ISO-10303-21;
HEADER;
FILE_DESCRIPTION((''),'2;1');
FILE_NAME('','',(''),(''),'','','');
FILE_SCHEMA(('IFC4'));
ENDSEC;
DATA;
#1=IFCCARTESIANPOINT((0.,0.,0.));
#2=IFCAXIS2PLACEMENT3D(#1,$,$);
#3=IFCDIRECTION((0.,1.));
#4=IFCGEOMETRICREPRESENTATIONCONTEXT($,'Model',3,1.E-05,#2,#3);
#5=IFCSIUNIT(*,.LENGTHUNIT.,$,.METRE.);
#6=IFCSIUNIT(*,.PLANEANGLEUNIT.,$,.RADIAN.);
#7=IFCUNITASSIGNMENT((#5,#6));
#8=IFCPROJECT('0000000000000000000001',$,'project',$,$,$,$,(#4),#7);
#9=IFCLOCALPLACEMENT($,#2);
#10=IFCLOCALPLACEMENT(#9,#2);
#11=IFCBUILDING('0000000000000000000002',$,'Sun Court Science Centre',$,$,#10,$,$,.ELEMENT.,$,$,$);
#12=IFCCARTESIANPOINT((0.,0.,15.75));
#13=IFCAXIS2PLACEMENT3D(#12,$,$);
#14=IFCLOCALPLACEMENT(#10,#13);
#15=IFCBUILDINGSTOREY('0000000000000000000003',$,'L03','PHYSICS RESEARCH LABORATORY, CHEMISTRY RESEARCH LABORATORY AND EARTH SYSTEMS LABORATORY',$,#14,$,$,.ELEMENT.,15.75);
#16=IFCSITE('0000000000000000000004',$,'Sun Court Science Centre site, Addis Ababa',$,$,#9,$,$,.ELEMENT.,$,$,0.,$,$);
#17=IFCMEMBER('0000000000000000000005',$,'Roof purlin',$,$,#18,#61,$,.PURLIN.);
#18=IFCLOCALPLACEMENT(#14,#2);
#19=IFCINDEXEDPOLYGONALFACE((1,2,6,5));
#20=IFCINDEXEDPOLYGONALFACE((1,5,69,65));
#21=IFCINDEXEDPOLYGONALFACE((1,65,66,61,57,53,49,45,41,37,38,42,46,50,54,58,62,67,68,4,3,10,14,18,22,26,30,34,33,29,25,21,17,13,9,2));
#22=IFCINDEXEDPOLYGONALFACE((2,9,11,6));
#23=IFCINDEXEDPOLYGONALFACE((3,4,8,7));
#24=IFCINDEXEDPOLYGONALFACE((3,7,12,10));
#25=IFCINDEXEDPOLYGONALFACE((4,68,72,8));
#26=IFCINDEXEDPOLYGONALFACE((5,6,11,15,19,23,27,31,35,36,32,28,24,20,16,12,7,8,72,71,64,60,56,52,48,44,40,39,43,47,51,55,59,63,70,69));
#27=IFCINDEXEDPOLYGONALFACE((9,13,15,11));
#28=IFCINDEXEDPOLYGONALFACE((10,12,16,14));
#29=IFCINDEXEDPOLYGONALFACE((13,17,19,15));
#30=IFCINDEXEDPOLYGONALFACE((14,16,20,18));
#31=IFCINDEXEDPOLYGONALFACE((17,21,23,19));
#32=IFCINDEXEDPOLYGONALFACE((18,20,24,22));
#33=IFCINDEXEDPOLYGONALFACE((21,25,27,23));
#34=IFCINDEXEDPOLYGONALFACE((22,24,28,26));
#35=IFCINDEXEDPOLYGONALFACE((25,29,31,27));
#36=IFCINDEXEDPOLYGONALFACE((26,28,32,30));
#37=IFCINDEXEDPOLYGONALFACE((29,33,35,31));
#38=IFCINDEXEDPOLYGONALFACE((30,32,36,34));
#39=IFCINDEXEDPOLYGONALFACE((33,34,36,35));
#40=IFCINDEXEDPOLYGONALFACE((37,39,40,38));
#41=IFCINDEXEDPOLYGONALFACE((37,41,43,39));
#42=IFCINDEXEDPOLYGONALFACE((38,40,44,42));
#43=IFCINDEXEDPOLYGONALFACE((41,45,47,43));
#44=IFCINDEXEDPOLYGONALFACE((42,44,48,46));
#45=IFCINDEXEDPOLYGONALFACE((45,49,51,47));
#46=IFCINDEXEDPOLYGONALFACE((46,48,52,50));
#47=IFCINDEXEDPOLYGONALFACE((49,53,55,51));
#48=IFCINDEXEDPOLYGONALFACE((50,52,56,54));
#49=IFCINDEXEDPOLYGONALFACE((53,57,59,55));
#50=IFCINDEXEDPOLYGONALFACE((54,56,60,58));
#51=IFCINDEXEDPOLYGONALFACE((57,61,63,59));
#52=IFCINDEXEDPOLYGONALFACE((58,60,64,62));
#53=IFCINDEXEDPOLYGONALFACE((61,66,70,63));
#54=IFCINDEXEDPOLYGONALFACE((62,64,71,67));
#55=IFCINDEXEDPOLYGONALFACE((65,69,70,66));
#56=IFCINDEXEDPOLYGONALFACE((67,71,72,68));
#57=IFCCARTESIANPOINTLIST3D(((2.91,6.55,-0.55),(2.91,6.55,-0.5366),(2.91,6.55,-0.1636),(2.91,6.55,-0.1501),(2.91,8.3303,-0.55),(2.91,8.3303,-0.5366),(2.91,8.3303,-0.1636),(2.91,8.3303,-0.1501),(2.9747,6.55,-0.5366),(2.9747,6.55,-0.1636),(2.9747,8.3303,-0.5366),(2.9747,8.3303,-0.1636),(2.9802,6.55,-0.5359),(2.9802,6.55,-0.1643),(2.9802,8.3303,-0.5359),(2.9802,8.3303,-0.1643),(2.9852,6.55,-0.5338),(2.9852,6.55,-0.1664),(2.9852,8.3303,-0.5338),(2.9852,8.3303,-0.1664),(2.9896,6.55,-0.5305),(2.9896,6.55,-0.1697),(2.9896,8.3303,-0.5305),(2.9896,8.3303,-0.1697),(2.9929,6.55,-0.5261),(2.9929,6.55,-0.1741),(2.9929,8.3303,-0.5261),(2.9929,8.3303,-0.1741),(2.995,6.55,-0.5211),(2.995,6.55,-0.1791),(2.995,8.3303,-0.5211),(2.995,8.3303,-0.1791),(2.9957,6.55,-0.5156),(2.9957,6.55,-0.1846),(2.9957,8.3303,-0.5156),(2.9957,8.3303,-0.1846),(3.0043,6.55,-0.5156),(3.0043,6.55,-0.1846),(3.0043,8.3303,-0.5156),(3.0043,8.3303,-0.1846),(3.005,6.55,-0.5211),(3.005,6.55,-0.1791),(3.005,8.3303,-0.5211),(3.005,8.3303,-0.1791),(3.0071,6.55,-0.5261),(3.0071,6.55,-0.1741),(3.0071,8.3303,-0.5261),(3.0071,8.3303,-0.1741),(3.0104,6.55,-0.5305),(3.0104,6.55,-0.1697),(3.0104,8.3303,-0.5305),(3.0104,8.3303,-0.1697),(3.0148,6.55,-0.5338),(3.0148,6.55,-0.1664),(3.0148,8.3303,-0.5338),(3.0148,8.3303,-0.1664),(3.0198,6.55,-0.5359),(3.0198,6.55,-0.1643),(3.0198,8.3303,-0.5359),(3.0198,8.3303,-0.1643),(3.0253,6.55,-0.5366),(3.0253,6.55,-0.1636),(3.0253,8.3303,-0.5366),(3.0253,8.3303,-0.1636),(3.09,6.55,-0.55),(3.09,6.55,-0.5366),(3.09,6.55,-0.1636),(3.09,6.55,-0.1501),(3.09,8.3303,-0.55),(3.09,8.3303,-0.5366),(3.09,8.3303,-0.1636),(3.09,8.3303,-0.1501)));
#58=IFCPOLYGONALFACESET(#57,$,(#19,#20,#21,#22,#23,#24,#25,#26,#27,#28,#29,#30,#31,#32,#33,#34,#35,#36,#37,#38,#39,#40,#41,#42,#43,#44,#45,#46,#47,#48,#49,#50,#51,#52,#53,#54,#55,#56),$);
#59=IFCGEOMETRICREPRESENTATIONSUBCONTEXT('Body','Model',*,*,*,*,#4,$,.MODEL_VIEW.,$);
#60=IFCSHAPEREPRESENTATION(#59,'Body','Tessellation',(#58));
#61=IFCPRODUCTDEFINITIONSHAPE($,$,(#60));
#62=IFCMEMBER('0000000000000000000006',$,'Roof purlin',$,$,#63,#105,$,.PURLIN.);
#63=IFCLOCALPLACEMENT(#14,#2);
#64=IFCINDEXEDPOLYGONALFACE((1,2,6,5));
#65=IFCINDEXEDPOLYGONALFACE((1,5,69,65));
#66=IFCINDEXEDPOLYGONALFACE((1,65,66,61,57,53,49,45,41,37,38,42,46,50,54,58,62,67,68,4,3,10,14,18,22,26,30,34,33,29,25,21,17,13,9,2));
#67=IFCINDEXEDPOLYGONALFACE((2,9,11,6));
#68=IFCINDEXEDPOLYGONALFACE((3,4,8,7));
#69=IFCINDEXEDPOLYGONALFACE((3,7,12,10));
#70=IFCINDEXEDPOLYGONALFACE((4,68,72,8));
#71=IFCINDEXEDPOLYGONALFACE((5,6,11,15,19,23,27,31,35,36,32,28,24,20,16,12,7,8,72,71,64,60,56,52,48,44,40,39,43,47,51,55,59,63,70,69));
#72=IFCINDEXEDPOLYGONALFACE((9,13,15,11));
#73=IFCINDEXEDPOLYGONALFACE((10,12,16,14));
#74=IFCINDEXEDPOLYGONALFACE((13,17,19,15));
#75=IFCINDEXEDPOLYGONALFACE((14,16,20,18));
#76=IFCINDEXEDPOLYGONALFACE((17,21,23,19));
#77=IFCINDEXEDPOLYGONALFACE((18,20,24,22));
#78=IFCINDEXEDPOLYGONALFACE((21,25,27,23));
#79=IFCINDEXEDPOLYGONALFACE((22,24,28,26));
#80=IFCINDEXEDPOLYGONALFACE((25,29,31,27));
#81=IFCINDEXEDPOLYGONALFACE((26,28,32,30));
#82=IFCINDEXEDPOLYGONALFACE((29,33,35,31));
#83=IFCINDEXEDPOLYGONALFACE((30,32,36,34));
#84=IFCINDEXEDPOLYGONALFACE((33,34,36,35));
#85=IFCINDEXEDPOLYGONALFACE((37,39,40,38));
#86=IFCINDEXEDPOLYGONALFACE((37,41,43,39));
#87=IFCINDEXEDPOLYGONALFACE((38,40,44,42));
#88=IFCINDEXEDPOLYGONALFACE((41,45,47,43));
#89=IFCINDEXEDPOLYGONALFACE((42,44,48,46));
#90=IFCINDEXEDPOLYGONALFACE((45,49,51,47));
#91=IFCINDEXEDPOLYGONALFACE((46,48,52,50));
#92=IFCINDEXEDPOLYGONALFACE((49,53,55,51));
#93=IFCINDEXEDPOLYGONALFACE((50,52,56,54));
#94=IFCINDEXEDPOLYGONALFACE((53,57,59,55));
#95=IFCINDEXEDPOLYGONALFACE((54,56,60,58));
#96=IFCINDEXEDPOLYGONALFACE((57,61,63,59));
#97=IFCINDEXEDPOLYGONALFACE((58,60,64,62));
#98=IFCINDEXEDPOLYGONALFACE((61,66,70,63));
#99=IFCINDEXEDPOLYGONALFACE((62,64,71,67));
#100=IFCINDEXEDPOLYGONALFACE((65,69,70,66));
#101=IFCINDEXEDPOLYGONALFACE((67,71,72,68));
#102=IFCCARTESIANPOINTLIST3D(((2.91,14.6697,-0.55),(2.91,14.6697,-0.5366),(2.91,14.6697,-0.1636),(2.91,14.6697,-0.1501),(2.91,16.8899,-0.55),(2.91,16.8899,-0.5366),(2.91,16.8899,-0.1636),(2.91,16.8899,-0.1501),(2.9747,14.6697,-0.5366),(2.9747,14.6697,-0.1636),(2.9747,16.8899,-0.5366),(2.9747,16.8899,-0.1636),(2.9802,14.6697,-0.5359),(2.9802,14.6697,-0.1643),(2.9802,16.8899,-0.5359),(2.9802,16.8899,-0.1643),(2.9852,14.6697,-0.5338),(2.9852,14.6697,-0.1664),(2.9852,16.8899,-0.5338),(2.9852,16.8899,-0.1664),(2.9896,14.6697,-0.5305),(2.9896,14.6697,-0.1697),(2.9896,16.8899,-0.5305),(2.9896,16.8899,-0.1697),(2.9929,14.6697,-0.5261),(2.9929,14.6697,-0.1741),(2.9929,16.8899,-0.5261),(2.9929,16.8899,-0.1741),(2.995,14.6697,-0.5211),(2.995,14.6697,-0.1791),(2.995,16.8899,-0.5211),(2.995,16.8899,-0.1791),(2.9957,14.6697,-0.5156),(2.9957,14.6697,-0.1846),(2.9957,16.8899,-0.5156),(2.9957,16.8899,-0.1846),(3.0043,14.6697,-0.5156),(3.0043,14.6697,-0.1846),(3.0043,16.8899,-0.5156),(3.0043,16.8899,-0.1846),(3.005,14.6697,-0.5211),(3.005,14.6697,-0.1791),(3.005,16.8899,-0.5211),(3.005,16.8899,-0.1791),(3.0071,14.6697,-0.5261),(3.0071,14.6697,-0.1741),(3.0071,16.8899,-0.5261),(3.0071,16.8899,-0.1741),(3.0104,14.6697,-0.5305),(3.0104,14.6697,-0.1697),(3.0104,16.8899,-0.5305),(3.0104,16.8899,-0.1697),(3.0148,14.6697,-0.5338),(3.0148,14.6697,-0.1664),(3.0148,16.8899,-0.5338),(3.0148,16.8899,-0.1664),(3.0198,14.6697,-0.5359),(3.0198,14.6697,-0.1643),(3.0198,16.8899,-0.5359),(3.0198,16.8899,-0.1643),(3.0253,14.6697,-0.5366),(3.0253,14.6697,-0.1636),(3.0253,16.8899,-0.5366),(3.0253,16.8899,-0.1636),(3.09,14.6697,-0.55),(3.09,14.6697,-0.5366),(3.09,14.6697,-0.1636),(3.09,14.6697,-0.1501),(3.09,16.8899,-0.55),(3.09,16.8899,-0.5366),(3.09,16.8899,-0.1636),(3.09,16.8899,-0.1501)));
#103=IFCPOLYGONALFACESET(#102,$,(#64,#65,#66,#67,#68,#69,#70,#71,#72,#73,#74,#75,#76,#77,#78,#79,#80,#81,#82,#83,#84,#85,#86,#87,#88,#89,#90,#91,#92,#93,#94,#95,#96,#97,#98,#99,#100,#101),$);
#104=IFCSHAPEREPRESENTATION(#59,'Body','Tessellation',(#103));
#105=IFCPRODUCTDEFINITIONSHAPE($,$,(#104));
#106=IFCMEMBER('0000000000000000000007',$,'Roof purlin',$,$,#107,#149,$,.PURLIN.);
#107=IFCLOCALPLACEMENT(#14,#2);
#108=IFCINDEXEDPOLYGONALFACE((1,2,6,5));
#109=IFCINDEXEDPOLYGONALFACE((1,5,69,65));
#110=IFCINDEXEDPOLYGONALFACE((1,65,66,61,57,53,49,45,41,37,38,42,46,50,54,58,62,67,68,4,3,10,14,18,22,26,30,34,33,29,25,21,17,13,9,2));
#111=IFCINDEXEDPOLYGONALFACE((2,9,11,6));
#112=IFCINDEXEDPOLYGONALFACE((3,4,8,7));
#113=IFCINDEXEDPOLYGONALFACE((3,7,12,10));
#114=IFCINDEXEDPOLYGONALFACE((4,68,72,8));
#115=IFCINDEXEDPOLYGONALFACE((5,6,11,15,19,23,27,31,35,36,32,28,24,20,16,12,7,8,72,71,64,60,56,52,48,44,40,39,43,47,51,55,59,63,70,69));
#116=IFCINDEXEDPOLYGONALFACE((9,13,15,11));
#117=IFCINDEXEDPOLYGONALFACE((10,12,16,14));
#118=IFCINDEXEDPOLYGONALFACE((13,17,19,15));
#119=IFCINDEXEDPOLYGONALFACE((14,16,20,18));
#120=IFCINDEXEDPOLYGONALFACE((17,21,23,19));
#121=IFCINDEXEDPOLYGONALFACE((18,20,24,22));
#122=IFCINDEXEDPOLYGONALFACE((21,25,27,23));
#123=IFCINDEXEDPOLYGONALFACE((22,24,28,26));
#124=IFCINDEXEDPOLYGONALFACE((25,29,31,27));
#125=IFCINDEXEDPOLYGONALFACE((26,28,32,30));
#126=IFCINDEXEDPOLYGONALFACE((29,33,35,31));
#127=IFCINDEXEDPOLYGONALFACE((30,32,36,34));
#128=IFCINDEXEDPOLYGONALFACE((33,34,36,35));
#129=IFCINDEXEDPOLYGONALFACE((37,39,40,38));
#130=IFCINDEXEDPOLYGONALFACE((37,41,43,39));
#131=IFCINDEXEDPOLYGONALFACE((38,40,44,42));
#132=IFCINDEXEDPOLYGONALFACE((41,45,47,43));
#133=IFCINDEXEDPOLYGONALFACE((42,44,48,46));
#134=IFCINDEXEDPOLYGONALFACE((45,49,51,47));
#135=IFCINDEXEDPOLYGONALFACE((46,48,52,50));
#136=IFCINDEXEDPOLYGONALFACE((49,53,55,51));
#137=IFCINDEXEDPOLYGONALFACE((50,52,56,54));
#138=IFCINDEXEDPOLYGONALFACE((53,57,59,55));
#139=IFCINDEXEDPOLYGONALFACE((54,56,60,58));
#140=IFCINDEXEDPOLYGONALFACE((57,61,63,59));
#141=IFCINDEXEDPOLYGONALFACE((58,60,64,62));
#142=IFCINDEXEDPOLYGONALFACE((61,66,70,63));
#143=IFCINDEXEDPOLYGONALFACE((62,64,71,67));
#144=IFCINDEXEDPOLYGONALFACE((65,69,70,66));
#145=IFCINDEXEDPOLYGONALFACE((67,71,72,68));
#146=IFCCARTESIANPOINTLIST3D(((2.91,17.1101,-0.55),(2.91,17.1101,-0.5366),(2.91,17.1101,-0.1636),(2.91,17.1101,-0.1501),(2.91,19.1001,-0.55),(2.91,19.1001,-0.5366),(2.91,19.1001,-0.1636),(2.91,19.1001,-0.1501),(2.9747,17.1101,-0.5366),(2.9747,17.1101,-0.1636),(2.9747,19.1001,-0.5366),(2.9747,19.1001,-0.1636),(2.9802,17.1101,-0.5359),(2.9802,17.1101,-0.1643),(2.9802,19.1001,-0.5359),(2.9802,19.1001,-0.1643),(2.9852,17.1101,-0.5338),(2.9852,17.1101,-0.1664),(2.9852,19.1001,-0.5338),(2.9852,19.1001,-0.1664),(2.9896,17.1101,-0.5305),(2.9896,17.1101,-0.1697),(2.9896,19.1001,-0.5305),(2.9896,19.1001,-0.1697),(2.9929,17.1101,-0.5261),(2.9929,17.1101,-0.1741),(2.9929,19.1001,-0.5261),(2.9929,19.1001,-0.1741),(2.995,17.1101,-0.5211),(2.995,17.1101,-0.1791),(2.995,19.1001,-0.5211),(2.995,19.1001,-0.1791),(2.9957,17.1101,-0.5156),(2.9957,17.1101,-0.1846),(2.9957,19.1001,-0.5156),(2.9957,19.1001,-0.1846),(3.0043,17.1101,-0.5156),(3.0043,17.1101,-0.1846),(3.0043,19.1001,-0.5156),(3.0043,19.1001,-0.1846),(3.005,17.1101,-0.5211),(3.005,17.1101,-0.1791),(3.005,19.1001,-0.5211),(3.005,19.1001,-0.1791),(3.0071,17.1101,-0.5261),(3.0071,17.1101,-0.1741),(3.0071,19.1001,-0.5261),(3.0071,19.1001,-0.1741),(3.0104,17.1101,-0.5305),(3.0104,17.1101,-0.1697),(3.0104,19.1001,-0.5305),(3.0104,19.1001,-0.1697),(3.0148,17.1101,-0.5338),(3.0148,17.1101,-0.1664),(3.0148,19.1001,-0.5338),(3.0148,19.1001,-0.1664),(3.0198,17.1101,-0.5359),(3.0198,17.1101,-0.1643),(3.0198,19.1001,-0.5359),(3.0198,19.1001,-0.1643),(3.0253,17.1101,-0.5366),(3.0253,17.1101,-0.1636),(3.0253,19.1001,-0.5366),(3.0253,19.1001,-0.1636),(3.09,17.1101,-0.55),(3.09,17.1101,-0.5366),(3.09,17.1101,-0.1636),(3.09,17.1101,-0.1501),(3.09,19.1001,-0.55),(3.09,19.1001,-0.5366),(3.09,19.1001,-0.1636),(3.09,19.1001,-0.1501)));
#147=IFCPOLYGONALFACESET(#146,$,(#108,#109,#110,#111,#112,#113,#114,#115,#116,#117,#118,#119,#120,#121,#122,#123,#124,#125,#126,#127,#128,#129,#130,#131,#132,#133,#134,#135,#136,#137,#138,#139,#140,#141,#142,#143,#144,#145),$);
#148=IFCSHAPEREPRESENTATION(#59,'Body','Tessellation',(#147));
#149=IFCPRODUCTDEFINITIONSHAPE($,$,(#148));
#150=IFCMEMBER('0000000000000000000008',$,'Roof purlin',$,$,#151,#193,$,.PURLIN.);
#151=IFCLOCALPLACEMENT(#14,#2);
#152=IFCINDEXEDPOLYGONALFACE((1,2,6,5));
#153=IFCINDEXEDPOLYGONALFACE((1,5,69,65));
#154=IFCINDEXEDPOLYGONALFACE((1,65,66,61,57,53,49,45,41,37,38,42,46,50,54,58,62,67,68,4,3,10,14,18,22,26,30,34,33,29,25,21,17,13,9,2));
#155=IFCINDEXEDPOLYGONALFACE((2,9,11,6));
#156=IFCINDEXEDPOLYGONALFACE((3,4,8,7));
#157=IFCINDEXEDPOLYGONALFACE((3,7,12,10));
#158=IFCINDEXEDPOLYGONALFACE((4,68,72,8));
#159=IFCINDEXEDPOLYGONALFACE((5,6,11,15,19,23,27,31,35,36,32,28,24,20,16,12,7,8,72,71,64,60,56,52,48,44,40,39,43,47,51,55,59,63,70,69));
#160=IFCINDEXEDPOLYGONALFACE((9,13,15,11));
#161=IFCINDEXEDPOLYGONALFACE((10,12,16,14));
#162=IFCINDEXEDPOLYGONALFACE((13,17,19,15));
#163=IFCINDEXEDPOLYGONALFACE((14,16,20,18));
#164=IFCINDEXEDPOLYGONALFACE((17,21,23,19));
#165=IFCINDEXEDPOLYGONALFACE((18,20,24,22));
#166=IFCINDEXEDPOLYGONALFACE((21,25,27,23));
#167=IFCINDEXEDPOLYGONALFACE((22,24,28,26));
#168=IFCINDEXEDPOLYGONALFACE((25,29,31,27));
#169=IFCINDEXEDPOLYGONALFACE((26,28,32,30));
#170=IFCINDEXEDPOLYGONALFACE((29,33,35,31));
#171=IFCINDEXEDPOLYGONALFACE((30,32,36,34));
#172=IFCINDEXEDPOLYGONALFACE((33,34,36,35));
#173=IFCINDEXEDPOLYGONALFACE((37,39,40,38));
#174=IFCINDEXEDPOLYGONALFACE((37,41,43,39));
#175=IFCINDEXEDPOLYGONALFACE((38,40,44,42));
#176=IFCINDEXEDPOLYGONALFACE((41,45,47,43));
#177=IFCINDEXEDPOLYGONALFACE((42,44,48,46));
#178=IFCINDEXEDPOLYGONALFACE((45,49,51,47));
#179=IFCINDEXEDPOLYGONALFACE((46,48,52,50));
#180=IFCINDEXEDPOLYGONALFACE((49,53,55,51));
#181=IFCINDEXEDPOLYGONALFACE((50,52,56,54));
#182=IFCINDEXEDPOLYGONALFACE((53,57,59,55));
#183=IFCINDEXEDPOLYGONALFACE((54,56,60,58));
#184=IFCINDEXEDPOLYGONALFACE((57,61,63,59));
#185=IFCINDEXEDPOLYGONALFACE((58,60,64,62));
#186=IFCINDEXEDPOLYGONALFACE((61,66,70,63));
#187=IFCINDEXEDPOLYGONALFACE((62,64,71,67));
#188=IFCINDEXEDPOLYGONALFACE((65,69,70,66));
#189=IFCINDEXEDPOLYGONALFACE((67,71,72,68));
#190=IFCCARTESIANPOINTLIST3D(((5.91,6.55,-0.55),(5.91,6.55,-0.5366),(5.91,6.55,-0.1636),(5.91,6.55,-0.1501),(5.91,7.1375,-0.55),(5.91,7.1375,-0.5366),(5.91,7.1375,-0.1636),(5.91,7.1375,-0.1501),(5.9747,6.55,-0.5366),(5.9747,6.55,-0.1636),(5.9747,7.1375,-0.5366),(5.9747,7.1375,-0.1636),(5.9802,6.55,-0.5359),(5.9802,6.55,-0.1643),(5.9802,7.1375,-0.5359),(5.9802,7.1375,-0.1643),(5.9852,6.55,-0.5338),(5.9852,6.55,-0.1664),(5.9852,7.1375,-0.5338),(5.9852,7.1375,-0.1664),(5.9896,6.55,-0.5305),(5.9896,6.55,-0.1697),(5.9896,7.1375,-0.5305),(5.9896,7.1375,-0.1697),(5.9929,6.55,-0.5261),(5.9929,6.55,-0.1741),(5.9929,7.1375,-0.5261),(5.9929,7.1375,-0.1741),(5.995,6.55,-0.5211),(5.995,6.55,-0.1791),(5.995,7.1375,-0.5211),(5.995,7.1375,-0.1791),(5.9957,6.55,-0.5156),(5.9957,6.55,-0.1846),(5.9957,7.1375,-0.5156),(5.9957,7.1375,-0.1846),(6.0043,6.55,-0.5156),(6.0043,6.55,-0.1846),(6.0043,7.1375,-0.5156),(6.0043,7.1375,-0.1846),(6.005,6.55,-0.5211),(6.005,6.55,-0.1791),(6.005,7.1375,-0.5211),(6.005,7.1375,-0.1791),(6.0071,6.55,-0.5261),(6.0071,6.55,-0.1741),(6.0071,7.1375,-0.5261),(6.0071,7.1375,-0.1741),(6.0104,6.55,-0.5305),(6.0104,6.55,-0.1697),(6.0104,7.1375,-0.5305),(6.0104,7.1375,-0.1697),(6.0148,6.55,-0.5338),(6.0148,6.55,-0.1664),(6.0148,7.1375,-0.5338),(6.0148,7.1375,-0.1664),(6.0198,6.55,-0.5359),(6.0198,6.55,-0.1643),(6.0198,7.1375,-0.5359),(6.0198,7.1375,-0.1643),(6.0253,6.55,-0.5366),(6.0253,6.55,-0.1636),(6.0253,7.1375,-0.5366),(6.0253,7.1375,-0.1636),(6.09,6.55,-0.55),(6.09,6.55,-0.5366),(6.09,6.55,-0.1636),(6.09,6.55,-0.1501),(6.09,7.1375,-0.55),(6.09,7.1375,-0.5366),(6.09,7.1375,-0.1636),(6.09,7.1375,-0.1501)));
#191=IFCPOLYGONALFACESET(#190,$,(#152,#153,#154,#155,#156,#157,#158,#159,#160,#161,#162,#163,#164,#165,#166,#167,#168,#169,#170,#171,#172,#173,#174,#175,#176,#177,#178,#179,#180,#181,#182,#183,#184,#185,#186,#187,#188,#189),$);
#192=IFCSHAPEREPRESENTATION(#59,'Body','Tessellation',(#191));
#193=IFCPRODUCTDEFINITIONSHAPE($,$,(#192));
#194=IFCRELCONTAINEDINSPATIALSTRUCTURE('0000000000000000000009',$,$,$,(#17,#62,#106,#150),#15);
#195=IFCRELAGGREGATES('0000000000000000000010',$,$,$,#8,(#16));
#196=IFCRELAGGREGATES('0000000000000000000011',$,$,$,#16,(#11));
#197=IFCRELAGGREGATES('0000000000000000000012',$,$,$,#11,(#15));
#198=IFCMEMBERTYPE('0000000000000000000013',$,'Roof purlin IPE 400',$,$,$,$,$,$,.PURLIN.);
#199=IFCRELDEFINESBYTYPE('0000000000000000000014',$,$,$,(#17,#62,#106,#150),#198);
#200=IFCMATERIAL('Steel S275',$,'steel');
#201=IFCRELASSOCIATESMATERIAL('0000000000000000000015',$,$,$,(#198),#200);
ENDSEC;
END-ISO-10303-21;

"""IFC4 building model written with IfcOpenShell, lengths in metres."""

from ifc_helpers import new_model, si_unit, direction, frame, origin, origin_2d, place, context, subcontext, project, spatial, i_section, extrude, material, material_profile, profile_set, type_object, element, save


model = new_model("IFC4")

# Units and contexts
model_context = context("Model", 3, precision=1e-05, world=origin(), true_north=direction((0.0, 1.0)))
body_context = subcontext(model_context, "Body", "Model", "MODEL_VIEW")
ifc_project = project(units=[si_unit("LENGTHUNIT", "METRE"), si_unit("PLANEANGLEUNIT", "RADIAN")], contexts=[model_context])

# Site, building, storey
site_placement = place(None, origin())
site = spatial("IfcSite", under=ifc_project, at=site_placement, Name="Sun Court Science Centre site, Addis Ababa", CompositionType="ELEMENT", RefElevation=0.0)
building_placement = place(site_placement, origin())
building = spatial("IfcBuilding", under=site, at=building_placement, Name="Sun Court Science Centre", CompositionType="ELEMENT")
storey_placement = place(building_placement, frame((0.0, 0.0, 15.75)))
storey = spatial("IfcBuildingStorey", under=building, at=storey_placement, Name="L03", Description="PHYSICS RESEARCH LABORATORY, CHEMISTRY RESEARCH LABORATORY AND EARTH SYSTEMS LABORATORY", CompositionType="ELEMENT", Elevation=15.75)

# Members
ifc_material_1 = material(Name="Steel S275", Category="steel")
ifc_material_profile_1 = material_profile(ifc_material_1, i_section(OverallWidth=0.1799, OverallDepth=0.3999, WebThickness=0.0085, FlangeThickness=0.0134, FilletRadius=0.021, at=origin_2d()), Name="IPE 400")
ifc_profile_set_1 = profile_set([ifc_material_profile_1], Name="Steel S275")
member_type = type_object("IfcMemberType", Name="Roof purlin IPE 400", PredefinedType="PURLIN", material=ifc_profile_set_1)
member_1_placement = place(storey_placement, frame((3.0, 6.55, -0.3501), z_axis=(0.0, 1.0, 0.0), x_axis=(-1.0, 0.0, 0.0)))
element("IfcMember", 1, at=member_1_placement, inside=storey, type_object=member_type, Name="Roof purlin", PredefinedType="PURLIN", context=body_context, shape_type="SweptSolid", body=[
    extrude(i_section(OverallWidth=0.1799, OverallDepth=0.3999, WebThickness=0.0085, FlangeThickness=0.0134, FilletRadius=0.021, at=origin_2d()), origin(), (0.0, 0.0, 1.0), 1.7803),
])
member_2_placement = place(storey_placement, frame((3.0, 14.6697, -0.3501), z_axis=(0.0, 1.0, 0.0), x_axis=(-1.0, 0.0, 0.0)))
element("IfcMember", 2, at=member_2_placement, inside=storey, type_object=member_type, Name="Roof purlin", PredefinedType="PURLIN", context=body_context, shape_type="SweptSolid", body=[
    extrude(i_section(OverallWidth=0.1799, OverallDepth=0.3999, WebThickness=0.0085, FlangeThickness=0.0134, FilletRadius=0.021, at=origin_2d()), origin(), (0.0, 0.0, 1.0), 2.2202),
])
member_3_placement = place(storey_placement, frame((3.0, 17.1101, -0.3501), z_axis=(0.0, 1.0, 0.0), x_axis=(-1.0, 0.0, 0.0)))
element("IfcMember", 3, at=member_3_placement, inside=storey, type_object=member_type, Name="Roof purlin", PredefinedType="PURLIN", context=body_context, shape_type="SweptSolid", body=[
    extrude(i_section(OverallWidth=0.1799, OverallDepth=0.3999, WebThickness=0.0085, FlangeThickness=0.0134, FilletRadius=0.021, at=origin_2d()), origin(), (0.0, 0.0, 1.0), 1.99),
])
member_4_placement = place(storey_placement, frame((6.0, 6.55, -0.3501), z_axis=(0.0, 1.0, 0.0), x_axis=(-1.0, 0.0, 0.0)))
element("IfcMember", 4, at=member_4_placement, inside=storey, type_object=member_type, Name="Roof purlin", PredefinedType="PURLIN", context=body_context, shape_type="SweptSolid", body=[
    extrude(i_section(OverallWidth=0.1799, OverallDepth=0.3999, WebThickness=0.0085, FlangeThickness=0.0134, FilletRadius=0.021, at=origin_2d()), origin(), (0.0, 0.0, 1.0), 0.5874),
])

save(model, "model.ifc")
